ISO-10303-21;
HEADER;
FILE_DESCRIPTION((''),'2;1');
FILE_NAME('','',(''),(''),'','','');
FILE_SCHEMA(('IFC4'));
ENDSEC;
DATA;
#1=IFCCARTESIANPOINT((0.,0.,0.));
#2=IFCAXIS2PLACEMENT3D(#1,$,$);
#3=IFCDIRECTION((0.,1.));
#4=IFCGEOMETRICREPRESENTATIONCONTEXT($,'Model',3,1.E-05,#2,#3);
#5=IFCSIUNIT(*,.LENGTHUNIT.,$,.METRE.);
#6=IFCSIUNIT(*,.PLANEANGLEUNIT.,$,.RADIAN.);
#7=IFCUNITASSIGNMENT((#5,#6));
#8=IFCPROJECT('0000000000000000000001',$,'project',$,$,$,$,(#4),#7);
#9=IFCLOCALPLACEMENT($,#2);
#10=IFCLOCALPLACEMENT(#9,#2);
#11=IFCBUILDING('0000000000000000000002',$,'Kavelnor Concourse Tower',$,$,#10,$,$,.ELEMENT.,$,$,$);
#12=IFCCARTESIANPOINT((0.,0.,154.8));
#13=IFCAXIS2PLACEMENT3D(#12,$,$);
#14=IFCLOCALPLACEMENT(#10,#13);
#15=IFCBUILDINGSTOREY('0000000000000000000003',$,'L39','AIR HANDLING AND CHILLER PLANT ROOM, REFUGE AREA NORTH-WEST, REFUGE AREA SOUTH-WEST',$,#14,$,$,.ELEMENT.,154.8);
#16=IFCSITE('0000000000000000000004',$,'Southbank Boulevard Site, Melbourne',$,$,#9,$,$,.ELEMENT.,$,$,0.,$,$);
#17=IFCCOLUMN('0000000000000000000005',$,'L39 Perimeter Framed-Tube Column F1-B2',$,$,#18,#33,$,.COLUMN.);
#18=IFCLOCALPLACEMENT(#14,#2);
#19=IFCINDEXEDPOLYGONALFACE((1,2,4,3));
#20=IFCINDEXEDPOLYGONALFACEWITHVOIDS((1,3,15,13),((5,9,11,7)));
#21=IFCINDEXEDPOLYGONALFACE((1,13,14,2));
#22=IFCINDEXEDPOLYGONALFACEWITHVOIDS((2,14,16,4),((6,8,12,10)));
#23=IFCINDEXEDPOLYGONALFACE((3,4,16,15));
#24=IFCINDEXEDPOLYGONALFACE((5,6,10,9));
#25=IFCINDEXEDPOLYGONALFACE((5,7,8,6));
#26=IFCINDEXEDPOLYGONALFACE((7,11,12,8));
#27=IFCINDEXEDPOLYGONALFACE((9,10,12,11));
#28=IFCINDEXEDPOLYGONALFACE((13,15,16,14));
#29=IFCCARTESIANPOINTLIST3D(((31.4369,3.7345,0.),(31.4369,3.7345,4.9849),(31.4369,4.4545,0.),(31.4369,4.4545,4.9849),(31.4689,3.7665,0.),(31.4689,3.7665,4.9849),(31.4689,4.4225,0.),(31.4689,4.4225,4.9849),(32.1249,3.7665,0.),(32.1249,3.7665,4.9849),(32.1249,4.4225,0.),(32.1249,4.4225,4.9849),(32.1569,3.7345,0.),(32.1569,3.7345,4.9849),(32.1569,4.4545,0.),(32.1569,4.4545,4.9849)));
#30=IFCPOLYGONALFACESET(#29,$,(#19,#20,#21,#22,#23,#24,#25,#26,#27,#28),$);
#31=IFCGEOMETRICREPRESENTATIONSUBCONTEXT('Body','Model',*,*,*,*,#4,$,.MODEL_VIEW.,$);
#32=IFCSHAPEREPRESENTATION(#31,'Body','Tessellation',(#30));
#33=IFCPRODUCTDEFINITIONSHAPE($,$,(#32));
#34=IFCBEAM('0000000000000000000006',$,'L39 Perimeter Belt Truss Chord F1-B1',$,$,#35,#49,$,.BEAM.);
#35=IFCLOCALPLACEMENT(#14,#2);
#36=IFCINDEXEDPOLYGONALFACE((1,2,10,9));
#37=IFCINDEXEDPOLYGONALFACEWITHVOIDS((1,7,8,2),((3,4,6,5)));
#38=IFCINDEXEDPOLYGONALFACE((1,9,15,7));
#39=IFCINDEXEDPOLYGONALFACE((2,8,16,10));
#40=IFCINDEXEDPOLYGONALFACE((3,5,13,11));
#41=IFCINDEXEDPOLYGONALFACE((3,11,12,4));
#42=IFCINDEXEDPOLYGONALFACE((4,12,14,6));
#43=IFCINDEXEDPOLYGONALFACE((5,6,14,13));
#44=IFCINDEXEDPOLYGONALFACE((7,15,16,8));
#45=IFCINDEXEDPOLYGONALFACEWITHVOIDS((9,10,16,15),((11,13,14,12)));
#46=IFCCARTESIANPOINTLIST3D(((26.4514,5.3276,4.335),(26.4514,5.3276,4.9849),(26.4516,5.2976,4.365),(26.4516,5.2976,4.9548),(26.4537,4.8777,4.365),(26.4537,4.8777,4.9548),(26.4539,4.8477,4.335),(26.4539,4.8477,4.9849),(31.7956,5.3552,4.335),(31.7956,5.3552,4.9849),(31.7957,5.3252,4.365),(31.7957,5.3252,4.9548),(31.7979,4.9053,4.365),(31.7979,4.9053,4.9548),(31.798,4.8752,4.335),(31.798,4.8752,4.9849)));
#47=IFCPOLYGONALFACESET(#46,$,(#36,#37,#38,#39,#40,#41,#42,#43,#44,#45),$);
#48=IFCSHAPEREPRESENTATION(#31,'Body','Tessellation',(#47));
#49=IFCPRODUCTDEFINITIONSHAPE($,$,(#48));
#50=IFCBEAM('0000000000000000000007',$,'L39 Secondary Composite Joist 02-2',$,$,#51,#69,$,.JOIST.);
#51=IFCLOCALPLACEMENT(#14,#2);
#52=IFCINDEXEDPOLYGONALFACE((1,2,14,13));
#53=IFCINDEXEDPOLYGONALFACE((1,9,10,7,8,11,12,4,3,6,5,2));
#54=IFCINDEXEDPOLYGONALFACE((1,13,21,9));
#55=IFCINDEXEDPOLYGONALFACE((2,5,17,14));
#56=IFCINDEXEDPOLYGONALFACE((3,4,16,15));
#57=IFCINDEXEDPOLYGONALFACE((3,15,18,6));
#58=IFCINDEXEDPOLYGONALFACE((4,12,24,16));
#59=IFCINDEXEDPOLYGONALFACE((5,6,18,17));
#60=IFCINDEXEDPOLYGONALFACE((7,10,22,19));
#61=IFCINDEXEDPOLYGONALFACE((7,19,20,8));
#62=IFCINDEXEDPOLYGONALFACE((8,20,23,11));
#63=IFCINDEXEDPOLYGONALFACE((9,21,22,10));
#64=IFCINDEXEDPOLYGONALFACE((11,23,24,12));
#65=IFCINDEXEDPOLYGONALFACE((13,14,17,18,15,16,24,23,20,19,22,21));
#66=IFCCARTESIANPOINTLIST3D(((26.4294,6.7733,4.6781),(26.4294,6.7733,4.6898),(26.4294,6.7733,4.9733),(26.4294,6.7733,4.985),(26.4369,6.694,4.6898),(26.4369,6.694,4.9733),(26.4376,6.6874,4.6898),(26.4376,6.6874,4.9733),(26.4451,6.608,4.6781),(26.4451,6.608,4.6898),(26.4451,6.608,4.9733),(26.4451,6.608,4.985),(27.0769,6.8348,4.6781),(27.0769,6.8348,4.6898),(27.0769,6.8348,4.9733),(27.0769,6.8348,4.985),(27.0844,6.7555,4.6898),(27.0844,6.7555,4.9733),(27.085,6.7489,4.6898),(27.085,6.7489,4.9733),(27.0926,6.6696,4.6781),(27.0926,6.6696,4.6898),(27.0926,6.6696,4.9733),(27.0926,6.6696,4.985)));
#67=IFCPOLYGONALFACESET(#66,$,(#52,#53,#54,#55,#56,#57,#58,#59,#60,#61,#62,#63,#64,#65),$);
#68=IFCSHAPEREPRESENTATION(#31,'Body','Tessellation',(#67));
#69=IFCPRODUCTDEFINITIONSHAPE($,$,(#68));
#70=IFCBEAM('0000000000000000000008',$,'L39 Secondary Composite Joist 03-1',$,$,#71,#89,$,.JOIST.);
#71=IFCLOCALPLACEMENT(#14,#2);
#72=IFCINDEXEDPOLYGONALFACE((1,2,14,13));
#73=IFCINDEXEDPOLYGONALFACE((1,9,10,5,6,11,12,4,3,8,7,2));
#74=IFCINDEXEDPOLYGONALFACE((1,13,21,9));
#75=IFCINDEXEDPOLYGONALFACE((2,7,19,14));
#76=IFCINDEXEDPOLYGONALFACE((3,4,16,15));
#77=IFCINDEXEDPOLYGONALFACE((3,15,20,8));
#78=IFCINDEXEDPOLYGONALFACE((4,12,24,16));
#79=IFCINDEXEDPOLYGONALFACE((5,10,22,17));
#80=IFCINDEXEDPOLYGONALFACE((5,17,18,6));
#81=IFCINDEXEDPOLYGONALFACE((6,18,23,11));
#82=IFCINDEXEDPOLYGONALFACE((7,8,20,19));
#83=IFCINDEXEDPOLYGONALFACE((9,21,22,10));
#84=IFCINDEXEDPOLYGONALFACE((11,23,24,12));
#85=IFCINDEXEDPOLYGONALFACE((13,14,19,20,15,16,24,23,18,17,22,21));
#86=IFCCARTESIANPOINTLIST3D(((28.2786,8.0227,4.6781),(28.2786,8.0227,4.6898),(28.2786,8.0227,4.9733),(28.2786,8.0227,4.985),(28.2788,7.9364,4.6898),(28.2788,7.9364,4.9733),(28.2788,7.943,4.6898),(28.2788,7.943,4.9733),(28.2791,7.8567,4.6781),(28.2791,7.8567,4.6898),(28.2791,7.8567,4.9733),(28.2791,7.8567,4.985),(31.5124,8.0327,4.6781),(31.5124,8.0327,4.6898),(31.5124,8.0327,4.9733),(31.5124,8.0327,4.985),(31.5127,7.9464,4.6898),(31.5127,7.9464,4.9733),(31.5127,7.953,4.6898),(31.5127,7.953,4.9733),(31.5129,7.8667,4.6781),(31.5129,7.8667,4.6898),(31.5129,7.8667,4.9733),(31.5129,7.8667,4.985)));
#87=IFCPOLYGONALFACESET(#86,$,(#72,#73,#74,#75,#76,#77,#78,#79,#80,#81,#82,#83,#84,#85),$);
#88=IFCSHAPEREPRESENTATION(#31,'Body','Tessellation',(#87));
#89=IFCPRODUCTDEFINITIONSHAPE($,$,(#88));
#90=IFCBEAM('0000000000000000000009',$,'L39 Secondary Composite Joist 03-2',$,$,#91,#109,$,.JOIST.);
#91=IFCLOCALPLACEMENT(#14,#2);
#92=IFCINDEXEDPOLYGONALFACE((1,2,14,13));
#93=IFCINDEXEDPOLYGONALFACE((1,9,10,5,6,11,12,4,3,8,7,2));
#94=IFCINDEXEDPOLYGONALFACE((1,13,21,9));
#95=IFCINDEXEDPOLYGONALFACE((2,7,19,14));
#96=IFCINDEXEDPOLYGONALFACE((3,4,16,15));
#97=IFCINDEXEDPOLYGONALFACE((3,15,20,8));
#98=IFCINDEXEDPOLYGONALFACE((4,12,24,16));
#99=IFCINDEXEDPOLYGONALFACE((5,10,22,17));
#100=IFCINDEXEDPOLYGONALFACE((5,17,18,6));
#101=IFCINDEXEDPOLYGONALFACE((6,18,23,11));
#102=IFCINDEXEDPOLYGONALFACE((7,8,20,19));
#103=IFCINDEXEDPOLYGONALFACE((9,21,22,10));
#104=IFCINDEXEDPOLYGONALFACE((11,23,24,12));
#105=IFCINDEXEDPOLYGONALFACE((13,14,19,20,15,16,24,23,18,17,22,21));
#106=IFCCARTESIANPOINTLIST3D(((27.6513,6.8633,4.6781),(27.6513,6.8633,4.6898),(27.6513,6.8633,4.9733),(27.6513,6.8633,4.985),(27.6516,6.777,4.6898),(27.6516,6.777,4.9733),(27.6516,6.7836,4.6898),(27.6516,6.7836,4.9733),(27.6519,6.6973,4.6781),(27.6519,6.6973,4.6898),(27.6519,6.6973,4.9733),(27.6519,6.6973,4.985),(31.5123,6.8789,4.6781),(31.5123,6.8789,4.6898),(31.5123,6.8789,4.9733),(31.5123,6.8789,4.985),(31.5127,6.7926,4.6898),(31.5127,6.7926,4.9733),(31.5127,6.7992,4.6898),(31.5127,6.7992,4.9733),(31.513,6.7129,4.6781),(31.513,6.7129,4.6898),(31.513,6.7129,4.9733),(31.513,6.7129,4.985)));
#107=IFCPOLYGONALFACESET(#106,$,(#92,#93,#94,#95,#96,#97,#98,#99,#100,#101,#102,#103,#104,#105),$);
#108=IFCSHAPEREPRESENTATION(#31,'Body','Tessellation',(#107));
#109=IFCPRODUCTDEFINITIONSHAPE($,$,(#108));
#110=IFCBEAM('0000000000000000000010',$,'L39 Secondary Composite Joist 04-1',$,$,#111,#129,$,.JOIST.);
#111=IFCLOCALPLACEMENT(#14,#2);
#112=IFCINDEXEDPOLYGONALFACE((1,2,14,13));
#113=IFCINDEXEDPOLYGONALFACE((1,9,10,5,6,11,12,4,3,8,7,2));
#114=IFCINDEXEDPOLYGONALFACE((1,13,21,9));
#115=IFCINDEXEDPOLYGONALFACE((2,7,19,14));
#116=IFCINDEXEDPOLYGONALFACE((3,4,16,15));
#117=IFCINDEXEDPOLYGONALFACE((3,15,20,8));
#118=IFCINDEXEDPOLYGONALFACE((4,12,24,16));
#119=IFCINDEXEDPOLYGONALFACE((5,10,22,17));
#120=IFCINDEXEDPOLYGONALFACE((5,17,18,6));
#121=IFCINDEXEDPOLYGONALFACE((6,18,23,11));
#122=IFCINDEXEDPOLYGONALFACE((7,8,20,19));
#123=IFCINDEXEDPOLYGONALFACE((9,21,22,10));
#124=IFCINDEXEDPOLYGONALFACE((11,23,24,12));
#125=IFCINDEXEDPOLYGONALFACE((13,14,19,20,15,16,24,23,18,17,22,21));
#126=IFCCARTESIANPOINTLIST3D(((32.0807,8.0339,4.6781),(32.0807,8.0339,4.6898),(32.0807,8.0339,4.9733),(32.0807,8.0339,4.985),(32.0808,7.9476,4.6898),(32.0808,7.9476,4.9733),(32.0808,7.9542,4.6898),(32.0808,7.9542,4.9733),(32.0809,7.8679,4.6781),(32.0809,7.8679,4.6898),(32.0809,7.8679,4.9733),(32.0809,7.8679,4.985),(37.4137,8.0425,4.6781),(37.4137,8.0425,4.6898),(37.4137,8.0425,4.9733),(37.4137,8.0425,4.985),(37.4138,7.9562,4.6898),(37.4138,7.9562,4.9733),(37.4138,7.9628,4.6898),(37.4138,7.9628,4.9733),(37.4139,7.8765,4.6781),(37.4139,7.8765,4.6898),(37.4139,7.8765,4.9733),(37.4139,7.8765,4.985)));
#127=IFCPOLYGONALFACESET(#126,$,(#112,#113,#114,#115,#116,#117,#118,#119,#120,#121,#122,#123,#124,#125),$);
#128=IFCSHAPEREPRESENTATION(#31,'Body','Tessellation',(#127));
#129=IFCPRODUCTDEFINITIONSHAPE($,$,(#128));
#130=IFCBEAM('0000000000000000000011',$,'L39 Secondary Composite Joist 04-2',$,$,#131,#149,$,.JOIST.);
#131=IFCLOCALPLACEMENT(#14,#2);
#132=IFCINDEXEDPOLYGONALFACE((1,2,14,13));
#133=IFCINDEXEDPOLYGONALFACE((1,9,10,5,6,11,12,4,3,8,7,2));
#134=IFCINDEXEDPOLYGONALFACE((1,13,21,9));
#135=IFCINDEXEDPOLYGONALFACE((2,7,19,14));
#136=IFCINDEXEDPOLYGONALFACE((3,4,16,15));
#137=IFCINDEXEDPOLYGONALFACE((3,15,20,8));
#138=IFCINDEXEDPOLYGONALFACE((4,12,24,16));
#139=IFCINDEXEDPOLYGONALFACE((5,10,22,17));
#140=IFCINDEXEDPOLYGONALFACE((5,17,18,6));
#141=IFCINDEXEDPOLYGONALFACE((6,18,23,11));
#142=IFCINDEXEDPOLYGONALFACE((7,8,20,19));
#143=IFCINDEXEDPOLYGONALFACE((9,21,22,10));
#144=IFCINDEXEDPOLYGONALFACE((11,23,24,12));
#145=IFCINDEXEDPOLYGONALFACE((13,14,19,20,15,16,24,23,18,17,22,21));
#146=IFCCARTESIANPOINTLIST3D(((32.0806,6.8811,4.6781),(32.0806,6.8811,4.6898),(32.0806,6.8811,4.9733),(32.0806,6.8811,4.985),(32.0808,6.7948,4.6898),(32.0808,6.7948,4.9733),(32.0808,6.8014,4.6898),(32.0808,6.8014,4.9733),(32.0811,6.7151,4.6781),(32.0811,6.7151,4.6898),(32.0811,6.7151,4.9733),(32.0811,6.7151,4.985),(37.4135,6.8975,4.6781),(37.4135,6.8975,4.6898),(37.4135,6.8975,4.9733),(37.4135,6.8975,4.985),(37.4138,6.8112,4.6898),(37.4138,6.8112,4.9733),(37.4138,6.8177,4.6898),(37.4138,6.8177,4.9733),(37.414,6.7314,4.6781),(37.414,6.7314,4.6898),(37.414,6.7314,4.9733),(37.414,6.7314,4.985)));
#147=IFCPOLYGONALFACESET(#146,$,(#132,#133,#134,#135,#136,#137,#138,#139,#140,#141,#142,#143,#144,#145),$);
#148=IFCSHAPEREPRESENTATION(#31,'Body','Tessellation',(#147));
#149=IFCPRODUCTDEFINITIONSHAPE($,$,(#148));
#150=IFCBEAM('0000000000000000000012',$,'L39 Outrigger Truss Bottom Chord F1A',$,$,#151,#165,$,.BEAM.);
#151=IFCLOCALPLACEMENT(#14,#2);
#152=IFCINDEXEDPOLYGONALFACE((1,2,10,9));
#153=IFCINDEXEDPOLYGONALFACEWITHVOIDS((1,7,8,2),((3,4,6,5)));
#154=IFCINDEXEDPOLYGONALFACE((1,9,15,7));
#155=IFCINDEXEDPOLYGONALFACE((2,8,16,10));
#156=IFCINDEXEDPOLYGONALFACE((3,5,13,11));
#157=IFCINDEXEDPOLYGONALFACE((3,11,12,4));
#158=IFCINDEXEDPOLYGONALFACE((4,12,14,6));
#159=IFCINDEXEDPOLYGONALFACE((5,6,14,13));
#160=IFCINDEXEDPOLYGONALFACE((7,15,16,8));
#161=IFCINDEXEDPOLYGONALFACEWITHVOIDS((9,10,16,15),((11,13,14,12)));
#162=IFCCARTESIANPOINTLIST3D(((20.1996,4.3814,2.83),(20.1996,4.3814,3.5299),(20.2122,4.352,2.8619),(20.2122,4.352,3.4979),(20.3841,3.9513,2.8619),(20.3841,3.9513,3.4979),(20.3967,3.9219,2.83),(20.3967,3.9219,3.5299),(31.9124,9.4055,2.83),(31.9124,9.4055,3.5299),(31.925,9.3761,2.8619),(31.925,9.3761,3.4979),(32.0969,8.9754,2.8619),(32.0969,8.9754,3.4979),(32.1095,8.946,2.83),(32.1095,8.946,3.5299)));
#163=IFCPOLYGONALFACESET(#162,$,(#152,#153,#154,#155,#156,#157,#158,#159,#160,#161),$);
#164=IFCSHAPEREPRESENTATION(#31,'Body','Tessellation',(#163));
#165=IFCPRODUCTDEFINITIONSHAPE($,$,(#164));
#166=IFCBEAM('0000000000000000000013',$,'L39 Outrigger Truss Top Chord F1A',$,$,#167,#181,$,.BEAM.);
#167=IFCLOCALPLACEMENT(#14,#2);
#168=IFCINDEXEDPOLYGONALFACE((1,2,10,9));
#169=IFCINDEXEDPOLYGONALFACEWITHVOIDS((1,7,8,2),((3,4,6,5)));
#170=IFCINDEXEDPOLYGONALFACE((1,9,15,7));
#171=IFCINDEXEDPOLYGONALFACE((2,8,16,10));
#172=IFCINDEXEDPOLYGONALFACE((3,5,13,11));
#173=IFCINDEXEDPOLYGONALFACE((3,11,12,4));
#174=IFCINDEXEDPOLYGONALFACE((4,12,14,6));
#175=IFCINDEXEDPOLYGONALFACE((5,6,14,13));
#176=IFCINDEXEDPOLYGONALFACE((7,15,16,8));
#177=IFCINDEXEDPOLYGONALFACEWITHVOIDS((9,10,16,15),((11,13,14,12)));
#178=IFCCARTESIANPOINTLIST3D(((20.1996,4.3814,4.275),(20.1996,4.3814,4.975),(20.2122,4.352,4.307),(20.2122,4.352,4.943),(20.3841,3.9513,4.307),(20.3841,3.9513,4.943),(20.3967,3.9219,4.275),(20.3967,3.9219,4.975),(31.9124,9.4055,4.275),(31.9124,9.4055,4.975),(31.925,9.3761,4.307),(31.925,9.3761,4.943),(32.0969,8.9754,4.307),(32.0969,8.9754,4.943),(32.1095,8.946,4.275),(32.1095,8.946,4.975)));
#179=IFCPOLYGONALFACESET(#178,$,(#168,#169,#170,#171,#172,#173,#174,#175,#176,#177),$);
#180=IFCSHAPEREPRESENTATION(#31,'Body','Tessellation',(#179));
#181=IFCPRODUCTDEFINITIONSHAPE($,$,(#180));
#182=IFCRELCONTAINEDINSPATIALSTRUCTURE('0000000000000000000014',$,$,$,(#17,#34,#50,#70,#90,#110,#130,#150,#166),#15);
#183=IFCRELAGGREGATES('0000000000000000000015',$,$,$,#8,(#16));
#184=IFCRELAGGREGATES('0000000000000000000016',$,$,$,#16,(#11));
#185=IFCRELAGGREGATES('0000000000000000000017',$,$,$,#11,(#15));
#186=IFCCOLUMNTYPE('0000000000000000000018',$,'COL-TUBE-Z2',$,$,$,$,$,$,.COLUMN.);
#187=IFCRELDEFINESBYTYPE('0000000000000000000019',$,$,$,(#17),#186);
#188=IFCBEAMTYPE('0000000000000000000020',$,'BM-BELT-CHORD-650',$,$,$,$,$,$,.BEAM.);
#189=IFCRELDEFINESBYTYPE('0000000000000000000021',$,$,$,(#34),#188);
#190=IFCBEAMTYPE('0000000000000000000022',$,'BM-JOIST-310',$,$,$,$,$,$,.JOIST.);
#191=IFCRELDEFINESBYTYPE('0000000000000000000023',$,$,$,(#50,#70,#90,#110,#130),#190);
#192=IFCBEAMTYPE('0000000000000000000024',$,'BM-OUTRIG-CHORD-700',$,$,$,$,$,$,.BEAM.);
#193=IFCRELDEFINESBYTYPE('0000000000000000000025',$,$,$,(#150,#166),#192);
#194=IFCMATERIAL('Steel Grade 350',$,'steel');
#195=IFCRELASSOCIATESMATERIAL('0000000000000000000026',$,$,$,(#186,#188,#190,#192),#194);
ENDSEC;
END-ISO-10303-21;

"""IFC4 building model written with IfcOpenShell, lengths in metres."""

from ifc_helpers import new_model, si_unit, direction, frame, origin, origin_2d, place, context, subcontext, project, spatial, hollow_rectangle, i_section, extrude, material, material_profile, profile_set, type_object, element, save


model = new_model("IFC4")

# Units and contexts
model_context = context("Model", 3, precision=1e-05, world=origin(), true_north=direction((0.0, 1.0)))
body_context = subcontext(model_context, "Body", "Model", "MODEL_VIEW")
ifc_project = project(units=[si_unit("LENGTHUNIT", "METRE"), si_unit("PLANEANGLEUNIT", "RADIAN")], contexts=[model_context])

# Site, building, storey
site_placement = place(None, origin())
site = spatial("IfcSite", under=ifc_project, at=site_placement, Name="Southbank Boulevard Site, Melbourne", CompositionType="ELEMENT", RefElevation=0.0)
building_placement = place(site_placement, origin())
building = spatial("IfcBuilding", under=site, at=building_placement, Name="Kavelnor Concourse Tower", CompositionType="ELEMENT")
storey_placement = place(building_placement, frame((0.0, 0.0, 154.8)))
storey = spatial("IfcBuildingStorey", under=building, at=storey_placement, Name="L39", Description="AIR HANDLING AND CHILLER PLANT ROOM, REFUGE AREA NORTH-WEST, REFUGE AREA SOUTH-WEST", CompositionType="ELEMENT", Elevation=154.8)

# Column
ifc_material_1 = material(Name="Steel Grade 350", Category="steel")
ifc_material_profile_1 = material_profile(ifc_material_1, hollow_rectangle(XDim=0.72, YDim=0.72, WallThickness=0.032, at=origin_2d()), Name="SHS 720x720x32")
ifc_profile_set_1 = profile_set([ifc_material_profile_1], Name="Steel Grade 350")
column_type = type_object("IfcColumnType", Name="COL-TUBE-Z2", PredefinedType="COLUMN", material=ifc_profile_set_1)
column_placement = place(storey_placement, frame((31.7969, 4.0945, 0.0), z_axis=(0.0, 0.0, 1.0), x_axis=(1.0, 0.0, 0.0)))
element("IfcColumn", 1, at=column_placement, inside=storey, type_object=column_type, Name="L39 Perimeter Framed-Tube Column F1-B2", PredefinedType="COLUMN", context=body_context, shape_type="SweptSolid", body=[
    extrude(hollow_rectangle(XDim=0.72, YDim=0.72, WallThickness=0.032, at=origin_2d()), origin(), (0.0, 0.0, 1.0), 4.9849),
])

# Beams
ifc_material_profile_2 = material_profile(ifc_material_1, hollow_rectangle(XDim=0.48, YDim=0.6499, WallThickness=0.03, at=origin_2d()), Name="RHS 650x480x30")
ifc_profile_set_2 = profile_set([ifc_material_profile_2], Name="Steel Grade 350")
beam_type_1 = type_object("IfcBeamType", Name="BM-BELT-CHORD-650", PredefinedType="BEAM", material=ifc_profile_set_2)
beam_1_placement = place(storey_placement, frame((26.4526, 5.0876, 4.6599), z_axis=(0.999987, 0.005162, 0.0), x_axis=(-0.005162, 0.999987, 0.0)))
element("IfcBeam", 2, at=beam_1_placement, inside=storey, type_object=beam_type_1, Name="L39 Perimeter Belt Truss Chord F1-B1", PredefinedType="BEAM", context=body_context, shape_type="SweptSolid", body=[
    extrude(hollow_rectangle(XDim=0.48, YDim=0.6499, WallThickness=0.03, at=origin_2d()), origin(), (0.0, 0.0, 1.0), 5.3442),
])
ifc_material_profile_3 = material_profile(ifc_material_1, i_section(OverallWidth=0.166, OverallDepth=0.3069, WebThickness=0.0066, FlangeThickness=0.0117, at=origin_2d()), Name="310UB46")
ifc_profile_set_3 = profile_set([ifc_material_profile_3], Name="Steel Grade 350")
beam_type_2 = type_object("IfcBeamType", Name="BM-JOIST-310", PredefinedType="JOIST", material=ifc_profile_set_3)
beam_2_placement = place(storey_placement, frame((26.4373, 6.6907, 4.8315), z_axis=(0.995516, 0.094597, 0.0), x_axis=(-0.094597, 0.995516, 0.0)))
element("IfcBeam", 3, at=beam_2_placement, inside=storey, type_object=beam_type_2, Name="L39 Secondary Composite Joist 02-2", PredefinedType="JOIST", context=body_context, shape_type="SweptSolid", body=[
    extrude(i_section(OverallWidth=0.166, OverallDepth=0.3069, WebThickness=0.0066, FlangeThickness=0.0117, at=origin_2d()), origin(), (0.0, 0.0, 1.0), 0.6504),
])
beam_3_placement = place(storey_placement, frame((28.2788, 7.9397, 4.8315), z_axis=(0.999995, 0.003095, 0.0), x_axis=(-0.003095, 0.999995, 0.0)))
element("IfcBeam", 4, at=beam_3_placement, inside=storey, type_object=beam_type_2, Name="L39 Secondary Composite Joist 03-1", PredefinedType="JOIST", context=body_context, shape_type="SweptSolid", body=[
    extrude(i_section(OverallWidth=0.166, OverallDepth=0.3069, WebThickness=0.0066, FlangeThickness=0.0117, at=origin_2d()), origin(), (0.0, 0.0, 1.0), 3.2339),
])
beam_4_placement = place(storey_placement, frame((27.6516, 6.7803, 4.8315), z_axis=(0.999992, 0.004047, 0.0), x_axis=(-0.004047, 0.999992, 0.0)))
element("IfcBeam", 5, at=beam_4_placement, inside=storey, type_object=beam_type_2, Name="L39 Secondary Composite Joist 03-2", PredefinedType="JOIST", context=body_context, shape_type="SweptSolid", body=[
    extrude(i_section(OverallWidth=0.166, OverallDepth=0.3069, WebThickness=0.0066, FlangeThickness=0.0117, at=origin_2d()), origin(), (0.0, 0.0, 1.0), 3.8611),
])
for number, where, z_axis, x_axis, name in (
    (6, (32.0808, 7.9509, 4.8315), (0.999999, 0.001602, 0.0), (-0.001602, 0.999999, 0.0), "L39 Secondary Composite Joist 04-1"),
    (7, (32.0808, 6.7981, 4.8315), (0.999995, 0.003067, 0.0), (-0.003067, 0.999995, 0.0), "L39 Secondary Composite Joist 04-2"),
):
    element("IfcBeam", number, at=place(storey_placement, frame(where, z_axis=z_axis, x_axis=x_axis)), inside=storey, type_object=beam_type_2, Name=name, PredefinedType="JOIST", context=body_context, shape_type="SweptSolid", body=[
        extrude(i_section(OverallWidth=0.166, OverallDepth=0.3069, WebThickness=0.0066, FlangeThickness=0.0117, at=origin_2d()), origin(), (0.0, 0.0, 1.0), 5.333),
    ])
ifc_material_profile_4 = material_profile(ifc_material_1, hollow_rectangle(XDim=0.5, YDim=0.7, WallThickness=0.032, at=origin_2d()), Name="RHS 700x500x32")
ifc_profile_set_4 = profile_set([ifc_material_profile_4], Name="Steel Grade 350")
beam_type_3 = type_object("IfcBeamType", Name="BM-OUTRIG-CHORD-700", PredefinedType="BEAM", material=ifc_profile_set_4)
for number, where, z_axis, x_axis, name in (
    (8, (32.011, 9.1758, 3.1799), (-0.919021, -0.394208, 0.0), (0.394208, -0.919021, 0.0), "L39 Outrigger Truss Bottom Chord F1A"),
    (9, (32.011, 9.1758, 4.625), (-0.919021, -0.394208, 0.0), (0.394208, -0.919021, 0.0), "L39 Outrigger Truss Top Chord F1A"),
):
    element("IfcBeam", number, at=place(storey_placement, frame(where, z_axis=z_axis, x_axis=x_axis)), inside=storey, type_object=beam_type_3, Name=name, PredefinedType="BEAM", context=body_context, shape_type="SweptSolid", body=[
        extrude(hollow_rectangle(XDim=0.5, YDim=0.7, WallThickness=0.032, at=origin_2d()), origin(), (0.0, 0.0, 1.0), 12.7449),
    ])

save(model, "model.ifc")
